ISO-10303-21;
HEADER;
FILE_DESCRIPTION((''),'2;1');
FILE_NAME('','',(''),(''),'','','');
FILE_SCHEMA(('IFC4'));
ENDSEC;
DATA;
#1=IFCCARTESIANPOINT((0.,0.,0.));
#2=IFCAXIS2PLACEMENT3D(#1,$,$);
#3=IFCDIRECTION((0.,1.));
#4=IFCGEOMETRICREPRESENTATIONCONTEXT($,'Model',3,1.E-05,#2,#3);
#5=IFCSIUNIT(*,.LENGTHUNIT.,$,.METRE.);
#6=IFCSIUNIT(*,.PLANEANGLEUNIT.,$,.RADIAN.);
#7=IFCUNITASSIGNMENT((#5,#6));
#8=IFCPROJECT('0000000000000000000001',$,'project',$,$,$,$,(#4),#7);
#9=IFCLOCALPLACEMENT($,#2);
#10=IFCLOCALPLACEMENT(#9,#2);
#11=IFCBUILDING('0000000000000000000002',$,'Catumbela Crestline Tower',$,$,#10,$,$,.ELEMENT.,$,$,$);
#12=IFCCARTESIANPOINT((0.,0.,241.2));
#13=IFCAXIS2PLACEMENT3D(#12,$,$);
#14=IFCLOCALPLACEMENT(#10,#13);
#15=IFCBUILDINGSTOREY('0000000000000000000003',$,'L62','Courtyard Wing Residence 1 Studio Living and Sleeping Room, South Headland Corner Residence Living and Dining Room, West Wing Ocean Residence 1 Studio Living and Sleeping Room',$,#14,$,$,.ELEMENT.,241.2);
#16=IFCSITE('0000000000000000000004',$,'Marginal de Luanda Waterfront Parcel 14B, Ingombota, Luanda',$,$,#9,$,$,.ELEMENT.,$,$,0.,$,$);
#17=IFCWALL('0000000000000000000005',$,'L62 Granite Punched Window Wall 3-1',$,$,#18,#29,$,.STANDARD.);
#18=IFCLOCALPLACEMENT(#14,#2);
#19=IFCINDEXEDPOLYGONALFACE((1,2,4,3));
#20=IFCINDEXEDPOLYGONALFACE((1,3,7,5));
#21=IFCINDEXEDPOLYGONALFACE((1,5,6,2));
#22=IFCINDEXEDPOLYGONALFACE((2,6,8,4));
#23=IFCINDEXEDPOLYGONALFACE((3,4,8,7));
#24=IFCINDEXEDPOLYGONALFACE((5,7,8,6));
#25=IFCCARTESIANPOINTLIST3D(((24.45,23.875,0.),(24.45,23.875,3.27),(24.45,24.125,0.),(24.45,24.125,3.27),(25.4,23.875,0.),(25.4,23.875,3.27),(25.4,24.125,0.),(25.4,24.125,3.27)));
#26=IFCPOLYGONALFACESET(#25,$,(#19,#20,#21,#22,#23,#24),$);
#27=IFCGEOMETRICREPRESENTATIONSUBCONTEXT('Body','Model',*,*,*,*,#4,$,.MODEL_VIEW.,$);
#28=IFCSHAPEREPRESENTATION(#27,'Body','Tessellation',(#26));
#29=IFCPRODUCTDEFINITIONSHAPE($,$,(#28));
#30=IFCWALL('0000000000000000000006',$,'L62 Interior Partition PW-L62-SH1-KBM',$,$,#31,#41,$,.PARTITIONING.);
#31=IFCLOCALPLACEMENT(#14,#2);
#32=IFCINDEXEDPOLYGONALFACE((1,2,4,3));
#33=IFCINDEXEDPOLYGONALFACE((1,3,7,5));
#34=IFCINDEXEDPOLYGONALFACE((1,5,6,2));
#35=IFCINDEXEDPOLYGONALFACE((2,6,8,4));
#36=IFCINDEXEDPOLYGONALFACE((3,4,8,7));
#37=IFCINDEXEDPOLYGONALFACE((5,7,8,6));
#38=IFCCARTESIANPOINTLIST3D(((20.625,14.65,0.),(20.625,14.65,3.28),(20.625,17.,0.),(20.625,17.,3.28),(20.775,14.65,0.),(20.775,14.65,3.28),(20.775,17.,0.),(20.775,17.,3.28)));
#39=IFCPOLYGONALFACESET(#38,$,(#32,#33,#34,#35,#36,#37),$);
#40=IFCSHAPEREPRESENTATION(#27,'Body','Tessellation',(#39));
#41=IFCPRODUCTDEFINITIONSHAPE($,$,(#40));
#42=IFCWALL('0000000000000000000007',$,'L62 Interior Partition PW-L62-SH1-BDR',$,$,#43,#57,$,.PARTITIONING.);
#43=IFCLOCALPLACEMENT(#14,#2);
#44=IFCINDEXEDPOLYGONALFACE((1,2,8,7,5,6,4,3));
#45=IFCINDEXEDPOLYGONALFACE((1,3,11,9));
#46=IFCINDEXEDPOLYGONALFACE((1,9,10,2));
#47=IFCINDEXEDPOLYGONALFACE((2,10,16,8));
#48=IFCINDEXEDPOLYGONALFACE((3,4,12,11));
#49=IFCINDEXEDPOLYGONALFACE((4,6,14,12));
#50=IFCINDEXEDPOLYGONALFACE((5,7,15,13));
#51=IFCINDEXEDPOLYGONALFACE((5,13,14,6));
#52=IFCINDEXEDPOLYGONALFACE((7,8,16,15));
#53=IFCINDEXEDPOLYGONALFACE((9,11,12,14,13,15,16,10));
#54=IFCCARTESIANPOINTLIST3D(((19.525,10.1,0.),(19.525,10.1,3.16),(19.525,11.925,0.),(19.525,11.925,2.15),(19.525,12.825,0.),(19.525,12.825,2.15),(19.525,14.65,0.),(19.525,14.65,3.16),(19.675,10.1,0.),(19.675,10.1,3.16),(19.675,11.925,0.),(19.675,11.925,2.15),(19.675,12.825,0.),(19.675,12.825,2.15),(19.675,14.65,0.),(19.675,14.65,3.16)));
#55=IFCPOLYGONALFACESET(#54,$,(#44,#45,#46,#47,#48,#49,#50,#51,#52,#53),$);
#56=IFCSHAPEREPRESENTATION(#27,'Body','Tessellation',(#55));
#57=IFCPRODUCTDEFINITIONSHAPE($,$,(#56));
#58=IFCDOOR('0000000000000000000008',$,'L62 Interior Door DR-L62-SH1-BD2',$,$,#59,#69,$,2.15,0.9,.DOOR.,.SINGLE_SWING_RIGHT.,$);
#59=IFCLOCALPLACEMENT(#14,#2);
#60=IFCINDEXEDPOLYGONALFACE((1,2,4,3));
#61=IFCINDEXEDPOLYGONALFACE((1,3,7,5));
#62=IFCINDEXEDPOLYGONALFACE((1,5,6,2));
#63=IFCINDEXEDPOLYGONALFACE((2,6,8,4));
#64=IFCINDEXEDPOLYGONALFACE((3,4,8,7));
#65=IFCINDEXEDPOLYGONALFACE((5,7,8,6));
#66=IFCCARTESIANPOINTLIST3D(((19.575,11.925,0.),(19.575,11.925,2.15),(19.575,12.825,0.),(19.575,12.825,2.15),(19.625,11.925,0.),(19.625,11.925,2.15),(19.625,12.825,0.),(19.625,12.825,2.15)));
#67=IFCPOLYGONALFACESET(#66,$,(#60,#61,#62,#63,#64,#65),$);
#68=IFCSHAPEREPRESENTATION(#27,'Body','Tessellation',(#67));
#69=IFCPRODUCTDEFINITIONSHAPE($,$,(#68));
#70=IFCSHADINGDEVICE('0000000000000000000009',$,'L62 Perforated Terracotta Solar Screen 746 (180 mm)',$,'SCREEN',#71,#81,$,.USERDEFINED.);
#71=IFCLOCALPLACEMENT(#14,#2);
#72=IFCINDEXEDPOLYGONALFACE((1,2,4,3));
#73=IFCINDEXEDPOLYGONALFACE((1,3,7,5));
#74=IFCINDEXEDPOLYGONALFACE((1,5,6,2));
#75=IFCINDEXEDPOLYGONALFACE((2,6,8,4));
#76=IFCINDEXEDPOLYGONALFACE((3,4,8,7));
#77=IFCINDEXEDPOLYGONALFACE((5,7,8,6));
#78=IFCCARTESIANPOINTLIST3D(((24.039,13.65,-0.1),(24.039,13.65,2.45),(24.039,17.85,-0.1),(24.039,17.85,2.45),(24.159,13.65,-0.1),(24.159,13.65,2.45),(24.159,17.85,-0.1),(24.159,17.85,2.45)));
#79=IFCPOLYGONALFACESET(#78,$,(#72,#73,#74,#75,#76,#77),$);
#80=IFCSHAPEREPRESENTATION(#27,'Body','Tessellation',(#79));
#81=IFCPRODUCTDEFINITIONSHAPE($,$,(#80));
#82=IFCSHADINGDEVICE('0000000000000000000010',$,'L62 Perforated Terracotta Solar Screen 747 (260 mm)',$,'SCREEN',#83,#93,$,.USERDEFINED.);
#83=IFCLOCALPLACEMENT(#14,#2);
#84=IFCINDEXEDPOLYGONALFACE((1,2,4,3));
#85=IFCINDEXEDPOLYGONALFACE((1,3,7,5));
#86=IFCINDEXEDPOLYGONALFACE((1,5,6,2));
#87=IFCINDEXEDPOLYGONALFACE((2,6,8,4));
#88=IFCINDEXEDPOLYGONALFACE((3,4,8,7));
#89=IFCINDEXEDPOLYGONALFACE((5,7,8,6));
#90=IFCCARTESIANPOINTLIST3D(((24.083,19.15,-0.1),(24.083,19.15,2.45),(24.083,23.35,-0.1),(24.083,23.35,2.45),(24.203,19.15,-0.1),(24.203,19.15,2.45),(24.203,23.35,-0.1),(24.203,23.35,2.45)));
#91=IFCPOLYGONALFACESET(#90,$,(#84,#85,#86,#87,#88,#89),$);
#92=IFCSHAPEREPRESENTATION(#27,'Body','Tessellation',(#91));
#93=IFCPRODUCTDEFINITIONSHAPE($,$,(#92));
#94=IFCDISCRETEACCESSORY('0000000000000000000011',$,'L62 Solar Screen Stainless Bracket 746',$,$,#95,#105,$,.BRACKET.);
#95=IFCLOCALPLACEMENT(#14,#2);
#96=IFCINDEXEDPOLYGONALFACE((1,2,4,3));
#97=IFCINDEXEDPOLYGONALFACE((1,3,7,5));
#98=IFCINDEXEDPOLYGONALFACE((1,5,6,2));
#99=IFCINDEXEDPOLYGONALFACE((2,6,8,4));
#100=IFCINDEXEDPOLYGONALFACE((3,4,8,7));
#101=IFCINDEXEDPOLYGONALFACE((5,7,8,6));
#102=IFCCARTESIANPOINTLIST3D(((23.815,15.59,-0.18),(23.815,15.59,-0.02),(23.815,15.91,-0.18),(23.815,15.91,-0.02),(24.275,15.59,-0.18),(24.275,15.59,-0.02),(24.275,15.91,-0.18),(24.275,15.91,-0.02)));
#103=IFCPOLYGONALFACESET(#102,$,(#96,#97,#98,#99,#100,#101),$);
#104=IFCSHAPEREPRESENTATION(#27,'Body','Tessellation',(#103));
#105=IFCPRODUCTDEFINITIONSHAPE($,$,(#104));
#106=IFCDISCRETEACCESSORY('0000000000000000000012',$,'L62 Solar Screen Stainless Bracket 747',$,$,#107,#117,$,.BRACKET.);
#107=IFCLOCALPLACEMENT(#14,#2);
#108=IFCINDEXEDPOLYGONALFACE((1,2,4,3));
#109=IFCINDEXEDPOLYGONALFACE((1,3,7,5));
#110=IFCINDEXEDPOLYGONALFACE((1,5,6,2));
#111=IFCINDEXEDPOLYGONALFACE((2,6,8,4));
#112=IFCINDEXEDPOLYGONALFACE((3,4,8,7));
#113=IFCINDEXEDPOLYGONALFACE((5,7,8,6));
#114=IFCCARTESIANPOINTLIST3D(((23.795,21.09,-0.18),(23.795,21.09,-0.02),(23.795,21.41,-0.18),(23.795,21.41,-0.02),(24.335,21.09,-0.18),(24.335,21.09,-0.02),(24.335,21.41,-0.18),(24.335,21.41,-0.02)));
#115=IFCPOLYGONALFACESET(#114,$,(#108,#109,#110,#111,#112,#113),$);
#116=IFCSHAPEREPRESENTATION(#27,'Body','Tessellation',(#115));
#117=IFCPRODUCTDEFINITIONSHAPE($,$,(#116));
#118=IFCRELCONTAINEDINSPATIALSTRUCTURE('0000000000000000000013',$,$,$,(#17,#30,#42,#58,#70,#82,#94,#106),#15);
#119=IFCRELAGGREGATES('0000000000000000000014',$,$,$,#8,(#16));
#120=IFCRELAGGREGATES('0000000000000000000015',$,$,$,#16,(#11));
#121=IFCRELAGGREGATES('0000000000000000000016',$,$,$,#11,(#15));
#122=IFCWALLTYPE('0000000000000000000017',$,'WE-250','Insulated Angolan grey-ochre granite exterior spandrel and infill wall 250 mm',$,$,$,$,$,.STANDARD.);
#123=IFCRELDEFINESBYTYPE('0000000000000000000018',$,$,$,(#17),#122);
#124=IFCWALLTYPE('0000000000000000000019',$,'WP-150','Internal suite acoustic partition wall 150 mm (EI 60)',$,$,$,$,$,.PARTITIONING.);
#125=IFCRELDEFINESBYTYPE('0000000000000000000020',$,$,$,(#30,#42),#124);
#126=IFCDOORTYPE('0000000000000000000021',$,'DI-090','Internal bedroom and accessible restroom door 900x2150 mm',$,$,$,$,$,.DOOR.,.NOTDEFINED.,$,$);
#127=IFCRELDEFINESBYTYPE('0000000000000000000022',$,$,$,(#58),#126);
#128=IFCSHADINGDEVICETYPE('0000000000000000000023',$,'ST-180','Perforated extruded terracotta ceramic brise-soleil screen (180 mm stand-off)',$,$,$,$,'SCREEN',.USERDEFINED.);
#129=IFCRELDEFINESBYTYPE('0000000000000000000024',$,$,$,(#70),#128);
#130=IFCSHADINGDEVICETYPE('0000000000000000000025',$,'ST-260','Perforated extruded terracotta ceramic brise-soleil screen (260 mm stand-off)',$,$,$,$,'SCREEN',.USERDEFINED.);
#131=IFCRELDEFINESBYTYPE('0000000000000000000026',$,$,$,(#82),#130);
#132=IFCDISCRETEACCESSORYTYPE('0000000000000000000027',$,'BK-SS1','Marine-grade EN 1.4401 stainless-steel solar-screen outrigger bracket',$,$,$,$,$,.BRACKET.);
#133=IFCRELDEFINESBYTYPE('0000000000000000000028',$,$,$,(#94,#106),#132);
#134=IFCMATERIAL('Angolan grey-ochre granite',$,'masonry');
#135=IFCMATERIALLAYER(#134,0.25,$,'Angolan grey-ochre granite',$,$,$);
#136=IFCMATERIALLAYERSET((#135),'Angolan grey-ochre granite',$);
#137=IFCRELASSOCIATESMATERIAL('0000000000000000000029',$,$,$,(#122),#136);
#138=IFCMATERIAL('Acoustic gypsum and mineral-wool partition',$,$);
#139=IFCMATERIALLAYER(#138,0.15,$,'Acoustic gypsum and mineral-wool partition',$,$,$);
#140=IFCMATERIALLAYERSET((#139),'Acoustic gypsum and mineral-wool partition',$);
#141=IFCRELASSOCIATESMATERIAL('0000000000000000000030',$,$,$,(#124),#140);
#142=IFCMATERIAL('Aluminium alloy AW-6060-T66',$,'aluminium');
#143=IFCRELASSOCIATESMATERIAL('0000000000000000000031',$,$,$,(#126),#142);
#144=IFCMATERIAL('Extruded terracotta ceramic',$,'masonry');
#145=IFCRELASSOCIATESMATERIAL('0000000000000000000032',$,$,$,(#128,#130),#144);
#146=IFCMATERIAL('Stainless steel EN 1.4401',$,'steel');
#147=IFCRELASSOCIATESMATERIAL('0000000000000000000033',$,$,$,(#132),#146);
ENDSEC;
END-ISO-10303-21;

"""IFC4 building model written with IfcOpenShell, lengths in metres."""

from ifc_helpers import new_model, si_unit, direction, frame, frame_2d, origin, origin_2d, place, context, subcontext, project, spatial, rectangle, extrude, material, layer, layer_set, type_object, element, fill, save


model = new_model("IFC4")

# Units and contexts
model_context = context("Model", 3, precision=1e-05, world=origin(), true_north=direction((0.0, 1.0)))
body_context = subcontext(model_context, "Body", "Model", "MODEL_VIEW")
ifc_project = project(units=[si_unit("LENGTHUNIT", "METRE"), si_unit("PLANEANGLEUNIT", "RADIAN")], contexts=[model_context])

# Site, building, storey
site_placement = place(None, origin())
site = spatial("IfcSite", under=ifc_project, at=site_placement, Name="Marginal de Luanda Waterfront Parcel 14B, Ingombota, Luanda", CompositionType="ELEMENT", RefElevation=0.0)
building_placement = place(site_placement, origin())
building = spatial("IfcBuilding", under=site, at=building_placement, Name="Catumbela Crestline Tower", CompositionType="ELEMENT")
storey_placement = place(building_placement, frame((0.0, 0.0, 241.2)))
storey = spatial("IfcBuildingStorey", under=building, at=storey_placement, Name="L62", Description="Courtyard Wing Residence 1 Studio Living and Sleeping Room, South Headland Corner Residence Living and Dining Room, West Wing Ocean Residence 1 Studio Living and Sleeping Room", CompositionType="ELEMENT", Elevation=241.2)

# Shared definitions
ifc_material_1 = material(Name="Aluminium alloy AW-6060-T66", Category="aluminium")

# Shared definitions
ifc_material_2 = material(Name="Angolan grey-ochre granite", Category="masonry")
ifc_layer_1 = layer(ifc_material_2, 0.25, Name="Angolan grey-ochre granite")
ifc_layer_set_1 = layer_set([ifc_layer_1], Name="Angolan grey-ochre granite")
wall_type_1 = type_object("IfcWallType", Name="WE-250", Description="Insulated Angolan grey-ochre granite exterior spandrel and infill wall 250 mm", PredefinedType="STANDARD", material=ifc_layer_set_1)

# Walls
wall_1_placement = place(storey_placement, frame((24.45, 24.0, 0.0), z_axis=(0.0, 0.0, 1.0), x_axis=(1.0, 0.0, 0.0)))
element("IfcWall", 1, at=wall_1_placement, inside=storey, type_object=wall_type_1, Name="L62 Granite Punched Window Wall 3-1", PredefinedType="STANDARD", context=body_context, shape_type="SweptSolid", body=[
    extrude(rectangle(XDim=0.95, YDim=0.25, at=frame_2d((0.475, 0.0))), origin(), (0.0, 0.0, 1.0), 3.27),
])
ifc_material_3 = material(Name="Acoustic gypsum and mineral-wool partition")
ifc_layer_2 = layer(ifc_material_3, 0.15, Name="Acoustic gypsum and mineral-wool partition")
ifc_layer_set_2 = layer_set([ifc_layer_2], Name="Acoustic gypsum and mineral-wool partition")
wall_type_2 = type_object("IfcWallType", Name="WP-150", Description="Internal suite acoustic partition wall 150 mm (EI 60)", PredefinedType="PARTITIONING", material=ifc_layer_set_2)
wall_2_placement = place(storey_placement, frame((20.7, 14.65, 0.0), z_axis=(0.0, 0.0, 1.0), x_axis=(0.0, 1.0, 0.0)))
element("IfcWall", 2, at=wall_2_placement, inside=storey, type_object=wall_type_2, Name="L62 Interior Partition PW-L62-SH1-KBM", PredefinedType="PARTITIONING", context=body_context, shape_type="SweptSolid", body=[
    extrude(rectangle(XDim=2.35, YDim=0.15, at=frame_2d((1.175, 0.0))), origin(), (0.0, 0.0, 1.0), 3.28),
])

# Wall, opening, door
wall_3_placement = place(storey_placement, frame((19.6, 10.1, 0.0), z_axis=(0.0, 0.0, 1.0), x_axis=(0.0, 1.0, 0.0)))
wall_3 = element("IfcWall", 3, at=wall_3_placement, inside=storey, type_object=wall_type_2, Name="L62 Interior Partition PW-L62-SH1-BDR", PredefinedType="PARTITIONING", context=body_context, shape_type="SweptSolid", body=[
    extrude(rectangle(XDim=4.55, YDim=0.15, at=frame_2d((2.275, 0.0))), origin(), (0.0, 0.0, 1.0), 3.16),
])
opening_1_placement = place(wall_3_placement, frame((1.825, 0.0, 0.0)))
opening_1 = element("IfcOpeningElement", 4, at=opening_1_placement, cuts=wall_3, PredefinedType="OPENING", context=body_context, shape_type="SweptSolid", body=[
    extrude(rectangle(XDim=0.9, YDim=2.15, at=frame_2d((0.45, 1.075))), frame((0.0, 0.085, 0.0), z_axis=(0.0, -1.0, 0.0), x_axis=(1.0, 0.0, 0.0)), (0.0, 0.0, 1.0), 0.17),
])
door_type = type_object("IfcDoorType", Name="DI-090", Description="Internal bedroom and accessible restroom door 900x2150 mm", OperationType="NOTDEFINED", PredefinedType="DOOR", material=ifc_material_1)
door_placement = place(opening_1_placement, origin())
door = element("IfcDoor", 5, at=door_placement, inside=storey, type_object=door_type, Name="L62 Interior Door DR-L62-SH1-BD2", OperationType="SINGLE_SWING_RIGHT", OverallHeight=2.15, OverallWidth=0.9, PredefinedType="DOOR", context=body_context, shape_type="SweptSolid", body=[
    extrude(rectangle(XDim=0.9, YDim=2.15, at=frame_2d((0.45, 1.075))), frame((0.0, 0.025, 0.0), z_axis=(0.0, -1.0, 0.0), x_axis=(1.0, 0.0, 0.0)), (0.0, 0.0, 1.0), 0.05),
])
fill(opening_1, door)

# Shared definitions
ifc_material_4 = material(Name="Stainless steel EN 1.4401", Category="steel")

# Shading devices
ifc_material_5 = material(Name="Extruded terracotta ceramic", Category="masonry")
shading_device_type_1 = type_object("IfcShadingDeviceType", Name="ST-180", Description="Perforated extruded terracotta ceramic brise-soleil screen (180 mm stand-off)", ElementType="SCREEN", PredefinedType="USERDEFINED", material=ifc_material_5)
shading_device_1_placement = place(storey_placement, frame((24.099, 15.75, -0.1), z_axis=(0.0, 0.0, 1.0), x_axis=(0.0, 1.0, 0.0)))
element("IfcShadingDevice", 6, at=shading_device_1_placement, inside=storey, type_object=shading_device_type_1, Name="L62 Perforated Terracotta Solar Screen 746 (180 mm)", ObjectType="SCREEN", PredefinedType="USERDEFINED", context=body_context, shape_type="SweptSolid", body=[
    extrude(rectangle(XDim=4.2, YDim=0.12, at=origin_2d()), origin(), (0.0, 0.0, 1.0), 2.55),
])
shading_device_type_2 = type_object("IfcShadingDeviceType", Name="ST-260", Description="Perforated extruded terracotta ceramic brise-soleil screen (260 mm stand-off)", ElementType="SCREEN", PredefinedType="USERDEFINED", material=ifc_material_5)
shading_device_2_placement = place(storey_placement, frame((24.143, 21.25, -0.1), z_axis=(0.0, 0.0, 1.0), x_axis=(0.0, 1.0, 0.0)))
element("IfcShadingDevice", 7, at=shading_device_2_placement, inside=storey, type_object=shading_device_type_2, Name="L62 Perforated Terracotta Solar Screen 747 (260 mm)", ObjectType="SCREEN", PredefinedType="USERDEFINED", context=body_context, shape_type="SweptSolid", body=[
    extrude(rectangle(XDim=4.2, YDim=0.12, at=origin_2d()), origin(), (0.0, 0.0, 1.0), 2.55),
])

# Discrete accessories
discrete_accessory_type = type_object("IfcDiscreteAccessoryType", Name="BK-SS1", Description="Marine-grade EN 1.4401 stainless-steel solar-screen outrigger bracket", PredefinedType="BRACKET", material=ifc_material_4)
discrete_accessory_1_placement = place(storey_placement, frame((24.045, 15.75, -0.18), z_axis=(0.0, 0.0, 1.0), x_axis=(0.0, 1.0, 0.0)))
element("IfcDiscreteAccessory", 8, at=discrete_accessory_1_placement, inside=storey, type_object=discrete_accessory_type, Name="L62 Solar Screen Stainless Bracket 746", PredefinedType="BRACKET", context=body_context, shape_type="SweptSolid", body=[
    extrude(rectangle(XDim=0.32, YDim=0.46, at=origin_2d()), origin(), (0.0, 0.0, 1.0), 0.16),
])
discrete_accessory_2_placement = place(storey_placement, frame((24.065, 21.25, -0.18), z_axis=(0.0, 0.0, 1.0), x_axis=(0.0, 1.0, 0.0)))
element("IfcDiscreteAccessory", 9, at=discrete_accessory_2_placement, inside=storey, type_object=discrete_accessory_type, Name="L62 Solar Screen Stainless Bracket 747", PredefinedType="BRACKET", context=body_context, shape_type="SweptSolid", body=[
    extrude(rectangle(XDim=0.32, YDim=0.54, at=origin_2d()), origin(), (0.0, 0.0, 1.0), 0.16),
])

save(model, "model.ifc")
